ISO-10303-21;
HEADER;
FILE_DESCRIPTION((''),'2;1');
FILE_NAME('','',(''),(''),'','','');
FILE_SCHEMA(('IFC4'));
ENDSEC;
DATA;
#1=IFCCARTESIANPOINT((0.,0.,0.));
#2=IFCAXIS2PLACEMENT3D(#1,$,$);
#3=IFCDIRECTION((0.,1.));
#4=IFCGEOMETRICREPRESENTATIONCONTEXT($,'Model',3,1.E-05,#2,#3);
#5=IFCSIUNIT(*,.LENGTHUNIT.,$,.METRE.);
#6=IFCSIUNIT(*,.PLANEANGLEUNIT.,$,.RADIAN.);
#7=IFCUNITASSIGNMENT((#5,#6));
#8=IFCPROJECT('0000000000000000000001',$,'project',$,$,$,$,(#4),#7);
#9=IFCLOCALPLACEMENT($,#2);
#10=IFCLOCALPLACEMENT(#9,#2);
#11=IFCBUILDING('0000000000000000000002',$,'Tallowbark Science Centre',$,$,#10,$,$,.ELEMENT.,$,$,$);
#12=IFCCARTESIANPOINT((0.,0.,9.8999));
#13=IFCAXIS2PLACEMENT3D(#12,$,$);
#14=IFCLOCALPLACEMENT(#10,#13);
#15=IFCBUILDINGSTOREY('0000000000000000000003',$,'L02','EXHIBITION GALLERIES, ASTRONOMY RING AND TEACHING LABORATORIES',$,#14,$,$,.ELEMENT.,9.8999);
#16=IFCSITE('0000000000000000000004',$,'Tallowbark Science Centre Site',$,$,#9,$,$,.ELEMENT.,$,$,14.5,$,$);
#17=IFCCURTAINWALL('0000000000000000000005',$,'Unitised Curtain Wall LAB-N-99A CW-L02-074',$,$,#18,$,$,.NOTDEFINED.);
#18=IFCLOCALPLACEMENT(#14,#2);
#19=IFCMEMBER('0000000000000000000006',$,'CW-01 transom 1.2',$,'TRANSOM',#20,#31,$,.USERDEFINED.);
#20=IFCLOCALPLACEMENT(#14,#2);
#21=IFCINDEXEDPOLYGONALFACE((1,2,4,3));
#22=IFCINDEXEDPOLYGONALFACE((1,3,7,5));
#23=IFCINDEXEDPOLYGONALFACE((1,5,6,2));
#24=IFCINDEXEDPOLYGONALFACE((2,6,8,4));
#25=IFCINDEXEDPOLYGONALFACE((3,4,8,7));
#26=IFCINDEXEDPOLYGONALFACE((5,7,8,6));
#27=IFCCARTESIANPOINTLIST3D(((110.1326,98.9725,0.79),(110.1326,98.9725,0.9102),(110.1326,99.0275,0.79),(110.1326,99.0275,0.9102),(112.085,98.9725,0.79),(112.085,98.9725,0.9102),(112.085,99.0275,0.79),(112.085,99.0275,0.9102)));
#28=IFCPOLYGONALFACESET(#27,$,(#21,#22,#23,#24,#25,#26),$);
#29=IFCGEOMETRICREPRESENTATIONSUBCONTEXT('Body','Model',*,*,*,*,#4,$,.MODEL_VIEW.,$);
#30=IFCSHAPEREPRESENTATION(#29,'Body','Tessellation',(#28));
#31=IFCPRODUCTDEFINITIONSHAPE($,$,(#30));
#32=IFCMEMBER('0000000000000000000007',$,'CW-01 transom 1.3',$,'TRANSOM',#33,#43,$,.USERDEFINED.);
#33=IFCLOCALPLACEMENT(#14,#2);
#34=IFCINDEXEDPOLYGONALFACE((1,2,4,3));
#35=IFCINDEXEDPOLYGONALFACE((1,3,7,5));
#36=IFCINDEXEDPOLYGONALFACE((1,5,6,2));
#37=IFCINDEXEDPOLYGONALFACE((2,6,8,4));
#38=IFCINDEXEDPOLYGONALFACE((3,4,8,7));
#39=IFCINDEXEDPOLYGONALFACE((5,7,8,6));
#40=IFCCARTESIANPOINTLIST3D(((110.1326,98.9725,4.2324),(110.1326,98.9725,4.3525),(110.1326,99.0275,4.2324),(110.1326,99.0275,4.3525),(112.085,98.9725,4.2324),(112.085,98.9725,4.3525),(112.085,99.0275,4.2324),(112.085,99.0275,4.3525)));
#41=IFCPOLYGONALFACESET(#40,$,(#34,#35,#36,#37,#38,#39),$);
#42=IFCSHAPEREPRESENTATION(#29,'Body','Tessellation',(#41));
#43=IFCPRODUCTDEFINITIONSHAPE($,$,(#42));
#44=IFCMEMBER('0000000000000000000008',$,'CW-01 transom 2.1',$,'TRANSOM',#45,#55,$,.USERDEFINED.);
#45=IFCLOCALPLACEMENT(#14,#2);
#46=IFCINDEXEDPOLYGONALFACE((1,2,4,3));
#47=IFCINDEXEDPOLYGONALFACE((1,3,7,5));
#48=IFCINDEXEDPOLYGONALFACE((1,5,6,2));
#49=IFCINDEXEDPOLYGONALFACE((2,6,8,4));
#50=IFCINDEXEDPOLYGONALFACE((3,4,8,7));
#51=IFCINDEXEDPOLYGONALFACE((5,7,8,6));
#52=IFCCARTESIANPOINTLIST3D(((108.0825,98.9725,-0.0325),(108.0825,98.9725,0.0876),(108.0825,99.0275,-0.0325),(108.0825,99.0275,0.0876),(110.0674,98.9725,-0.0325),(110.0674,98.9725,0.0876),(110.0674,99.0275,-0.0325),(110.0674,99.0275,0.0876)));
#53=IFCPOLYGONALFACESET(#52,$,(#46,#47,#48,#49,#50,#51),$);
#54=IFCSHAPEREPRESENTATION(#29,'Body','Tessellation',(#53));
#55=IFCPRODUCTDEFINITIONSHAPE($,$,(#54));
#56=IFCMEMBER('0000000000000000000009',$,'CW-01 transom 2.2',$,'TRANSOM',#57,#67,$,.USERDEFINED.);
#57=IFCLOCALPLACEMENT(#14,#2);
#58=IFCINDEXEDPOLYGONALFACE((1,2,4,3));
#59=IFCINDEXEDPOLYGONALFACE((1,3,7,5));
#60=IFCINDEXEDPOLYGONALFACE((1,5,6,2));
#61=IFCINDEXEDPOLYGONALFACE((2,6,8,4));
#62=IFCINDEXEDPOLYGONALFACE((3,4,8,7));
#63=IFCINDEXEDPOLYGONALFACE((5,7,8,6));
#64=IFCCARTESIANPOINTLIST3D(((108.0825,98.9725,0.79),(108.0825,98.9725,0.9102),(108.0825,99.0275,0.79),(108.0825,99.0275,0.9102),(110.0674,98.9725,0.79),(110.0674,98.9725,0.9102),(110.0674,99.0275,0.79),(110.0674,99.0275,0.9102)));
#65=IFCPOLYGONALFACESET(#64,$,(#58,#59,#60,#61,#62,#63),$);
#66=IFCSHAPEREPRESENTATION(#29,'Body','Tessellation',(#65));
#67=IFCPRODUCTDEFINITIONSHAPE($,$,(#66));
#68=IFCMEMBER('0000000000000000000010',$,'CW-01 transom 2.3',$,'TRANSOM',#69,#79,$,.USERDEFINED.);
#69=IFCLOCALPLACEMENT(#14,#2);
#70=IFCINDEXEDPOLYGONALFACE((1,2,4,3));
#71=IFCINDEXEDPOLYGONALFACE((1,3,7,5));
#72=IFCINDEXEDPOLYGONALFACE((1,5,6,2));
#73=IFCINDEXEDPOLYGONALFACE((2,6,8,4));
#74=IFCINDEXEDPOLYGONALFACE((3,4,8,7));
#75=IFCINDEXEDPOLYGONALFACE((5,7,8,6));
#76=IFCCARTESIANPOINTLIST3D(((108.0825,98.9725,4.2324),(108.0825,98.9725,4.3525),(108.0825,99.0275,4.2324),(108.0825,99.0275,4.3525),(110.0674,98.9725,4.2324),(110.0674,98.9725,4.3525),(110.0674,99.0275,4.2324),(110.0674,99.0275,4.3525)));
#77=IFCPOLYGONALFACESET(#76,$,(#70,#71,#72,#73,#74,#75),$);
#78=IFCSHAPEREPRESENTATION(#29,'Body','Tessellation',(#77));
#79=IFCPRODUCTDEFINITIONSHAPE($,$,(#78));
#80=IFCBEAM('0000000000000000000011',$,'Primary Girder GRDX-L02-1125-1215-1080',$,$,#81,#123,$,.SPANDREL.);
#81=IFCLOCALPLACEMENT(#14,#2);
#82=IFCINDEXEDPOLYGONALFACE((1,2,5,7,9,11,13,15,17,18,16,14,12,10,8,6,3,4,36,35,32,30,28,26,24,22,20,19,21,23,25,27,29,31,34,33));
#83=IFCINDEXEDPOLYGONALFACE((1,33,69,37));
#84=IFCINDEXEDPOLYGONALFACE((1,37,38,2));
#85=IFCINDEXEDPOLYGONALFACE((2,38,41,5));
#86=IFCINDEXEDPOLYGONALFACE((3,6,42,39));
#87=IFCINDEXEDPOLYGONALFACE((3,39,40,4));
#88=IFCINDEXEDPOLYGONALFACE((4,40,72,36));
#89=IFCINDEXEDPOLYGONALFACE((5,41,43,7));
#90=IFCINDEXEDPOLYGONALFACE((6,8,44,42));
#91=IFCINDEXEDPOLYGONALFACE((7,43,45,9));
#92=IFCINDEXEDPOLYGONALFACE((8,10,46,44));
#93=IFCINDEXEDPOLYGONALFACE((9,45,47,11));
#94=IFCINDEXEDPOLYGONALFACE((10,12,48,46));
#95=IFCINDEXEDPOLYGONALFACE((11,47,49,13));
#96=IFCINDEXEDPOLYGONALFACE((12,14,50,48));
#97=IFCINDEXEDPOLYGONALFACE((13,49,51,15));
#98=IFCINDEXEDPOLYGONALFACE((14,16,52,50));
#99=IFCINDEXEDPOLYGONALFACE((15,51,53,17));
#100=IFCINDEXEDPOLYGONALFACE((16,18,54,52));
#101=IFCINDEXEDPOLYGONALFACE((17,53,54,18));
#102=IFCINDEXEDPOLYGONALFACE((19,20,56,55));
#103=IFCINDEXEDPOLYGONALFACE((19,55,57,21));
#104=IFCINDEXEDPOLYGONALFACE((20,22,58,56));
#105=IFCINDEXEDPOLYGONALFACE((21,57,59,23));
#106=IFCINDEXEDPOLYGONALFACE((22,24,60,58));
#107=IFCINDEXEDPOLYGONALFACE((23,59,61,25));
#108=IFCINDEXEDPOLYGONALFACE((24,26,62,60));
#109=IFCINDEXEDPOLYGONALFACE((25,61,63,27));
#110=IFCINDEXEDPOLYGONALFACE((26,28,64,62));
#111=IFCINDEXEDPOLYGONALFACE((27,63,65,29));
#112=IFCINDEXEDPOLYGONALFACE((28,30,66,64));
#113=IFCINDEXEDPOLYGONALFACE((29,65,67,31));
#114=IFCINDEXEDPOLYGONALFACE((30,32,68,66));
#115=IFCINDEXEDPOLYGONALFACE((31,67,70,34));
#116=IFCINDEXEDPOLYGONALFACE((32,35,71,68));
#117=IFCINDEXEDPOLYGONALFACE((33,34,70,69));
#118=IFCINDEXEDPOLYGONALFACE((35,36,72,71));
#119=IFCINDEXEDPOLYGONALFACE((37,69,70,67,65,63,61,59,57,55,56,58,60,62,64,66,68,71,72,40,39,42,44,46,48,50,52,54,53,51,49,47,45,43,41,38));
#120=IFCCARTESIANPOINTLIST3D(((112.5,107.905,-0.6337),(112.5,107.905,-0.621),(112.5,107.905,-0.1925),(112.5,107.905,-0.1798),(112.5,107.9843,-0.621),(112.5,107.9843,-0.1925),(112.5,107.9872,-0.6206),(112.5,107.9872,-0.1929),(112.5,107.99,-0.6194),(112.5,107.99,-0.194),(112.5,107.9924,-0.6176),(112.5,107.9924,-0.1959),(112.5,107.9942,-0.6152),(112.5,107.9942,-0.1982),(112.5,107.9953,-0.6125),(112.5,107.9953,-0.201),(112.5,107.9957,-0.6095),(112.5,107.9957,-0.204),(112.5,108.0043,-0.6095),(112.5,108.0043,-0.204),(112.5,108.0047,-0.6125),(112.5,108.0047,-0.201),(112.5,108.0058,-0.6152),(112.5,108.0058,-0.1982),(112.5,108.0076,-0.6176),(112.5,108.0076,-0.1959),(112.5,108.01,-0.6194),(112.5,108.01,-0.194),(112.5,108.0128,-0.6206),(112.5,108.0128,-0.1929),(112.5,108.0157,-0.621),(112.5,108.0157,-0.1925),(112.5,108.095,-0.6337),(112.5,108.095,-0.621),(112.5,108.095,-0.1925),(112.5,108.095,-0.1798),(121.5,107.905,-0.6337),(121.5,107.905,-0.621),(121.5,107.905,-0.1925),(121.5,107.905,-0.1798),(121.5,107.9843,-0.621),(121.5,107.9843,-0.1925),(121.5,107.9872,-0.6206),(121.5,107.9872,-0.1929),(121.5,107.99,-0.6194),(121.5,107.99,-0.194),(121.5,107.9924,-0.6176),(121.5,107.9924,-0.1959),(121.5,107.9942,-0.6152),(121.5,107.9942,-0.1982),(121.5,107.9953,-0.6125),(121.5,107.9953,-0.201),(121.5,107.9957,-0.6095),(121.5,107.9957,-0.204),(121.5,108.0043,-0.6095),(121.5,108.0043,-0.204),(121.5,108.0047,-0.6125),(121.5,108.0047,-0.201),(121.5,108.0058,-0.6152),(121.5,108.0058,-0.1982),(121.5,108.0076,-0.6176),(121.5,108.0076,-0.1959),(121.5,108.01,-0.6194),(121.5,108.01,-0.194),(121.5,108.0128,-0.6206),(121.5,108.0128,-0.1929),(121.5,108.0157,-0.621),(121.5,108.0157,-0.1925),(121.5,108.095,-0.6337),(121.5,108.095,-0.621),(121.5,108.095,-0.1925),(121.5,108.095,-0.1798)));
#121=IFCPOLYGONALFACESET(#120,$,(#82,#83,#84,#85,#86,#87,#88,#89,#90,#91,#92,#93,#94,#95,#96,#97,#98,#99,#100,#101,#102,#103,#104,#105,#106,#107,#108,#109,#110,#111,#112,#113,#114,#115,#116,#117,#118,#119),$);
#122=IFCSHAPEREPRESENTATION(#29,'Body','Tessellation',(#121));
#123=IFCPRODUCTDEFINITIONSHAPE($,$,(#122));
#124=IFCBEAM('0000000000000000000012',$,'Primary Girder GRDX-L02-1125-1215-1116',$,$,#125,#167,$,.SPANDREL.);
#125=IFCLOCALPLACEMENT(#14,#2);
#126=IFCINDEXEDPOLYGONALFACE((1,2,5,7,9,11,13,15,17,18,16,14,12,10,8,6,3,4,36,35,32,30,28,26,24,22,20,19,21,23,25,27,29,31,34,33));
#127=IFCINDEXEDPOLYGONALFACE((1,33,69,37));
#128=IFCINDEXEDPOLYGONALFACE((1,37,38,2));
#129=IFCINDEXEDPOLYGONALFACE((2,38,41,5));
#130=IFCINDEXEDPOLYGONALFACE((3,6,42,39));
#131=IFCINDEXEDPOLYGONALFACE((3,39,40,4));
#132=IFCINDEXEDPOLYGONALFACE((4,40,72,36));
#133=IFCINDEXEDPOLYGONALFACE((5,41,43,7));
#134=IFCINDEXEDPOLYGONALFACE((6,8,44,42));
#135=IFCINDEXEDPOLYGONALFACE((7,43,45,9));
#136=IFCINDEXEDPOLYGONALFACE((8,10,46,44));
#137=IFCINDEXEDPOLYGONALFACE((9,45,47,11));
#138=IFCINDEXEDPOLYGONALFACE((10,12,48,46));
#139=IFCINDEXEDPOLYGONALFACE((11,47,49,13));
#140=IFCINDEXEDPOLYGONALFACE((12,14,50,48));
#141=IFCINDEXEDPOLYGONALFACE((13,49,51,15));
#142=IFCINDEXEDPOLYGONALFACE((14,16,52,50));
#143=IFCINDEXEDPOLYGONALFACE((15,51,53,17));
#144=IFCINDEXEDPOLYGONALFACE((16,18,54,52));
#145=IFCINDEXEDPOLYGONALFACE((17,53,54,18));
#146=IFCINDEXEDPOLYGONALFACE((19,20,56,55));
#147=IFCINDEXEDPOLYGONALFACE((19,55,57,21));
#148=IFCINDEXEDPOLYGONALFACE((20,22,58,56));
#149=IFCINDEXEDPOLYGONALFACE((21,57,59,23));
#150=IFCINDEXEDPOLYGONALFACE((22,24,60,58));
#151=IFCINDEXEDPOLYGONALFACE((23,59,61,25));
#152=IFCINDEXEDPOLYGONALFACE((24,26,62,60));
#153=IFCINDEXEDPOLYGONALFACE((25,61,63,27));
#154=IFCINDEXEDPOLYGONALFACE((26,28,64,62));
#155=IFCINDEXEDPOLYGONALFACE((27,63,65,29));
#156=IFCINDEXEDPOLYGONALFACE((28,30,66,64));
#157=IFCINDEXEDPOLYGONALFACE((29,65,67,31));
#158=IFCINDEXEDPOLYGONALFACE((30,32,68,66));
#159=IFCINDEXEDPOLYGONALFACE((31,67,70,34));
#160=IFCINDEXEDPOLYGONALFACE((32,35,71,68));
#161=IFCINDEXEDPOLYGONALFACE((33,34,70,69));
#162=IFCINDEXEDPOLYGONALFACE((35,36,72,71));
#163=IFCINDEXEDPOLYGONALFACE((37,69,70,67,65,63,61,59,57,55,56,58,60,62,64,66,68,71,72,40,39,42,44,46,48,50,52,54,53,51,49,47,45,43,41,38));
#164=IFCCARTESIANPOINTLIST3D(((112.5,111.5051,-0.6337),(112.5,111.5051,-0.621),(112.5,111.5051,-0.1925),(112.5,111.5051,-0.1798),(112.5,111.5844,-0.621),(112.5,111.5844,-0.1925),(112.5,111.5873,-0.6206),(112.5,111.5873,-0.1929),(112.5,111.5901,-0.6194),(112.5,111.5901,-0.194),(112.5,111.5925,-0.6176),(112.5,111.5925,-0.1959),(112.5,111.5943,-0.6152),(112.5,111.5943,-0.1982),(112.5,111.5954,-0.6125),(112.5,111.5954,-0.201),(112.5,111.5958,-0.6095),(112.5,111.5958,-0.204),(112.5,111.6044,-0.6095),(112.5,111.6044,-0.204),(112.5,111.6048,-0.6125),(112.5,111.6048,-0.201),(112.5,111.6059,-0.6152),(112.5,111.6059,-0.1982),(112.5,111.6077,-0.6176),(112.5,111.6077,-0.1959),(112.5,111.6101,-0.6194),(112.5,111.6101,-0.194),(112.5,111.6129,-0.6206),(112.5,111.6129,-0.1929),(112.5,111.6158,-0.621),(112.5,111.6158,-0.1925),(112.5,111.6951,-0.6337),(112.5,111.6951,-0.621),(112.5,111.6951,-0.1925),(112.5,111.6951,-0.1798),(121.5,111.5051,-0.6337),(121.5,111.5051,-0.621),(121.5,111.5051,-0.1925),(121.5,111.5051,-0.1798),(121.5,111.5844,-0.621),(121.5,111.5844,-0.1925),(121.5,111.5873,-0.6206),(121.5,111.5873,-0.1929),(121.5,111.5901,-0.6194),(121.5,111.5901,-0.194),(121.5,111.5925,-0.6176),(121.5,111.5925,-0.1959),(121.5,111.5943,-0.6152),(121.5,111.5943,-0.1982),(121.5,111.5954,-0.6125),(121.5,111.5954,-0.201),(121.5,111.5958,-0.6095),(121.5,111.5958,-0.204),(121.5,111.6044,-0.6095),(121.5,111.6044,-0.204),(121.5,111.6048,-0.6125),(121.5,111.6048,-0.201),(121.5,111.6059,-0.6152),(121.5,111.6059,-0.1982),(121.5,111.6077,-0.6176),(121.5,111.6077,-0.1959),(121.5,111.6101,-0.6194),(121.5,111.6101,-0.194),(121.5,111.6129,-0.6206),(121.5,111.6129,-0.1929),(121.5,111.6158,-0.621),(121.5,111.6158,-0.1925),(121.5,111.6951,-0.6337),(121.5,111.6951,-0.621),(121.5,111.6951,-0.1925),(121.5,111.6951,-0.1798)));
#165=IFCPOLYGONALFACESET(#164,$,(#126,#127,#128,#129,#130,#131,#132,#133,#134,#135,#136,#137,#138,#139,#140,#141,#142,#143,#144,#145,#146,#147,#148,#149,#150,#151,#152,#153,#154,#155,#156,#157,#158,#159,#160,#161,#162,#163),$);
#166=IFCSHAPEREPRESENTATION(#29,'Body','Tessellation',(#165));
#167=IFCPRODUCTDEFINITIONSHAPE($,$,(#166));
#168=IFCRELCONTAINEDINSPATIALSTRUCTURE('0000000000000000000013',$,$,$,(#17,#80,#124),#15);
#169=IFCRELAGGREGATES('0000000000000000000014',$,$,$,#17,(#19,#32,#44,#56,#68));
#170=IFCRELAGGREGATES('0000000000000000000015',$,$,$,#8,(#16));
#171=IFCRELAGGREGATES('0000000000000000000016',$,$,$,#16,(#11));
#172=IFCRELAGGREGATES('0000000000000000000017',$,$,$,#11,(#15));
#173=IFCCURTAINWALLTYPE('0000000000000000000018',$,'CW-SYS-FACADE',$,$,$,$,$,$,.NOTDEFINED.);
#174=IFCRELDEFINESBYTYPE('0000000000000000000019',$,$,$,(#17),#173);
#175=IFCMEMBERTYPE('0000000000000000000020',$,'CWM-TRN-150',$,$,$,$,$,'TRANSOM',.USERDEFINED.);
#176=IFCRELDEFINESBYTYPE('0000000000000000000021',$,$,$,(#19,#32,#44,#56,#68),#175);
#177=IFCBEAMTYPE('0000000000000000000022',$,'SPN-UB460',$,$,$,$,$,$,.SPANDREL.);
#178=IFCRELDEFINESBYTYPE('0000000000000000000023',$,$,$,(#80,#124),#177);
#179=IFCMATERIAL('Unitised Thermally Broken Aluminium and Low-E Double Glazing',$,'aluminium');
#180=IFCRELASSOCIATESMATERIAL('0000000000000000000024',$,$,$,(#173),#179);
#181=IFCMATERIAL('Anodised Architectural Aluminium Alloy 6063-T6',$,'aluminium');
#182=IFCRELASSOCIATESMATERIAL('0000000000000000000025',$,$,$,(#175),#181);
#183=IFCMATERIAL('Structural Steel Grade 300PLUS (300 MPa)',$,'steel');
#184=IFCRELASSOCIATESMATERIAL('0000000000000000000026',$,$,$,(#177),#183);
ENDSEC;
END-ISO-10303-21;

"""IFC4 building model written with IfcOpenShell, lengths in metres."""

from ifc_helpers import new_model, si_unit, direction, frame, origin, origin_2d, place, context, subcontext, project, spatial, rectangle, i_section, extrude, material, material_profile, profile_set, type_object, element, aggregate, save


model = new_model("IFC4")

# Units and contexts
model_context = context("Model", 3, precision=1e-05, world=origin(), true_north=direction((0.0, 1.0)))
body_context = subcontext(model_context, "Body", "Model", "MODEL_VIEW")
ifc_project = project(units=[si_unit("LENGTHUNIT", "METRE"), si_unit("PLANEANGLEUNIT", "RADIAN")], contexts=[model_context])

# Site, building, storey
site_placement = place(None, origin())
site = spatial("IfcSite", under=ifc_project, at=site_placement, Name="Tallowbark Science Centre Site", CompositionType="ELEMENT", RefElevation=14.5)
building_placement = place(site_placement, origin())
building = spatial("IfcBuilding", under=site, at=building_placement, Name="Tallowbark Science Centre", CompositionType="ELEMENT")
storey_placement = place(building_placement, frame((0.0, 0.0, 9.8999)))
storey = spatial("IfcBuildingStorey", under=building, at=storey_placement, Name="L02", Description="EXHIBITION GALLERIES, ASTRONOMY RING AND TEACHING LABORATORIES", CompositionType="ELEMENT", Elevation=9.8999)

# Shared definitions
ifc_material_1 = material(Name="Structural Steel Grade 300PLUS (300 MPa)", Category="steel")

# Curtain wall, members
ifc_material_2 = material(Name="Unitised Thermally Broken Aluminium and Low-E Double Glazing", Category="aluminium")
curtain_wall_type = type_object("IfcCurtainWallType", Name="CW-SYS-FACADE", PredefinedType="NOTDEFINED", material=ifc_material_2)
curtain_wall_placement = place(storey_placement, origin())
curtain_wall = element("IfcCurtainWall", 1, at=curtain_wall_placement, inside=storey, type_object=curtain_wall_type, Name="Unitised Curtain Wall LAB-N-99A CW-L02-074", PredefinedType="NOTDEFINED")
ifc_material_3 = material(Name="Anodised Architectural Aluminium Alloy 6063-T6", Category="aluminium")
ifc_material_profile_1 = material_profile(ifc_material_3, rectangle(XDim=0.0549, YDim=0.1201, at=origin_2d()), Name="ALU55x120")
ifc_profile_set_1 = profile_set([ifc_material_profile_1], Name="Anodised Architectural Aluminium Alloy 6063-T6")
member_type_1 = type_object("IfcMemberType", Name="CWM-TRN-150", ElementType="TRANSOM", PredefinedType="USERDEFINED", material=ifc_profile_set_1)
member_1_placement = place(storey_placement, frame((112.085, 99.0, 0.8501), z_axis=(-1.0, 0.0, 0.0), x_axis=(0.0, -1.0, 0.0)))
member_1 = element("IfcMember", 2, at=member_1_placement, type_object=member_type_1, Name="CW-01 transom 1.2", ObjectType="TRANSOM", PredefinedType="USERDEFINED", context=body_context, shape_type="SweptSolid", body=[
    extrude(rectangle(XDim=0.0549, YDim=0.1201, at=origin_2d()), origin(), (0.0, 0.0, 1.0), 1.9524),
])
member_2_placement = place(storey_placement, frame((112.085, 99.0, 4.2925), z_axis=(-1.0, 0.0, 0.0), x_axis=(0.0, -1.0, 0.0)))
member_2 = element("IfcMember", 3, at=member_2_placement, type_object=member_type_1, Name="CW-01 transom 1.3", ObjectType="TRANSOM", PredefinedType="USERDEFINED", context=body_context, shape_type="SweptSolid", body=[
    extrude(rectangle(XDim=0.0549, YDim=0.1201, at=origin_2d()), origin(), (0.0, 0.0, 1.0), 1.9524),
])
member_3_placement = place(storey_placement, frame((110.0674, 99.0, 0.0276), z_axis=(-1.0, 0.0, 0.0), x_axis=(0.0, -1.0, 0.0)))
member_3 = element("IfcMember", 4, at=member_3_placement, type_object=member_type_1, Name="CW-01 transom 2.1", ObjectType="TRANSOM", PredefinedType="USERDEFINED", context=body_context, shape_type="SweptSolid", body=[
    extrude(rectangle(XDim=0.0549, YDim=0.1201, at=origin_2d()), origin(), (0.0, 0.0, 1.0), 1.9849),
])
member_4_placement = place(storey_placement, frame((110.0674, 99.0, 0.8501), z_axis=(-1.0, 0.0, 0.0), x_axis=(0.0, -1.0, 0.0)))
member_4 = element("IfcMember", 5, at=member_4_placement, type_object=member_type_1, Name="CW-01 transom 2.2", ObjectType="TRANSOM", PredefinedType="USERDEFINED", context=body_context, shape_type="SweptSolid", body=[
    extrude(rectangle(XDim=0.0549, YDim=0.1201, at=origin_2d()), origin(), (0.0, 0.0, 1.0), 1.9849),
])
member_5_placement = place(storey_placement, frame((110.0674, 99.0, 4.2925), z_axis=(-1.0, 0.0, 0.0), x_axis=(0.0, -1.0, 0.0)))
member_5 = element("IfcMember", 6, at=member_5_placement, type_object=member_type_1, Name="CW-01 transom 2.3", ObjectType="TRANSOM", PredefinedType="USERDEFINED", context=body_context, shape_type="SweptSolid", body=[
    extrude(rectangle(XDim=0.0549, YDim=0.1201, at=origin_2d()), origin(), (0.0, 0.0, 1.0), 1.9849),
])

# Beams
ifc_material_profile_2 = material_profile(ifc_material_1, i_section(OverallWidth=0.1899, OverallDepth=0.4539, WebThickness=0.0085, FlangeThickness=0.0127, FilletRadius=0.0115, at=origin_2d()), Name="460UB67.1")
ifc_profile_set_2 = profile_set([ifc_material_profile_2], Name="Structural Steel Grade 300PLUS (300 MPa)")
beam_type = type_object("IfcBeamType", Name="SPN-UB460", PredefinedType="SPANDREL", material=ifc_profile_set_2)
for number, where, z_axis, x_axis, name in (
    (7, (112.5, 108.0, -0.4067), (1.0, 0.0, 0.0), (0.0, 1.0, 0.0), "Primary Girder GRDX-L02-1125-1215-1080"),
    (8, (112.5, 111.6001, -0.4067), (1.0, 0.0, 0.0), (0.0, 1.0, 0.0), "Primary Girder GRDX-L02-1125-1215-1116"),
):
    element("IfcBeam", number, at=place(storey_placement, frame(where, z_axis=z_axis, x_axis=x_axis)), inside=storey, type_object=beam_type, Name=name, PredefinedType="SPANDREL", context=body_context, shape_type="SweptSolid", body=[
        extrude(i_section(OverallWidth=0.1899, OverallDepth=0.4539, WebThickness=0.0085, FlangeThickness=0.0127, FilletRadius=0.0115, at=origin_2d()), origin(), (0.0, 0.0, 1.0), 9.0),
    ])

aggregate(curtain_wall, [member_1, member_2, member_3, member_4, member_5])

save(model, "model.ifc")
